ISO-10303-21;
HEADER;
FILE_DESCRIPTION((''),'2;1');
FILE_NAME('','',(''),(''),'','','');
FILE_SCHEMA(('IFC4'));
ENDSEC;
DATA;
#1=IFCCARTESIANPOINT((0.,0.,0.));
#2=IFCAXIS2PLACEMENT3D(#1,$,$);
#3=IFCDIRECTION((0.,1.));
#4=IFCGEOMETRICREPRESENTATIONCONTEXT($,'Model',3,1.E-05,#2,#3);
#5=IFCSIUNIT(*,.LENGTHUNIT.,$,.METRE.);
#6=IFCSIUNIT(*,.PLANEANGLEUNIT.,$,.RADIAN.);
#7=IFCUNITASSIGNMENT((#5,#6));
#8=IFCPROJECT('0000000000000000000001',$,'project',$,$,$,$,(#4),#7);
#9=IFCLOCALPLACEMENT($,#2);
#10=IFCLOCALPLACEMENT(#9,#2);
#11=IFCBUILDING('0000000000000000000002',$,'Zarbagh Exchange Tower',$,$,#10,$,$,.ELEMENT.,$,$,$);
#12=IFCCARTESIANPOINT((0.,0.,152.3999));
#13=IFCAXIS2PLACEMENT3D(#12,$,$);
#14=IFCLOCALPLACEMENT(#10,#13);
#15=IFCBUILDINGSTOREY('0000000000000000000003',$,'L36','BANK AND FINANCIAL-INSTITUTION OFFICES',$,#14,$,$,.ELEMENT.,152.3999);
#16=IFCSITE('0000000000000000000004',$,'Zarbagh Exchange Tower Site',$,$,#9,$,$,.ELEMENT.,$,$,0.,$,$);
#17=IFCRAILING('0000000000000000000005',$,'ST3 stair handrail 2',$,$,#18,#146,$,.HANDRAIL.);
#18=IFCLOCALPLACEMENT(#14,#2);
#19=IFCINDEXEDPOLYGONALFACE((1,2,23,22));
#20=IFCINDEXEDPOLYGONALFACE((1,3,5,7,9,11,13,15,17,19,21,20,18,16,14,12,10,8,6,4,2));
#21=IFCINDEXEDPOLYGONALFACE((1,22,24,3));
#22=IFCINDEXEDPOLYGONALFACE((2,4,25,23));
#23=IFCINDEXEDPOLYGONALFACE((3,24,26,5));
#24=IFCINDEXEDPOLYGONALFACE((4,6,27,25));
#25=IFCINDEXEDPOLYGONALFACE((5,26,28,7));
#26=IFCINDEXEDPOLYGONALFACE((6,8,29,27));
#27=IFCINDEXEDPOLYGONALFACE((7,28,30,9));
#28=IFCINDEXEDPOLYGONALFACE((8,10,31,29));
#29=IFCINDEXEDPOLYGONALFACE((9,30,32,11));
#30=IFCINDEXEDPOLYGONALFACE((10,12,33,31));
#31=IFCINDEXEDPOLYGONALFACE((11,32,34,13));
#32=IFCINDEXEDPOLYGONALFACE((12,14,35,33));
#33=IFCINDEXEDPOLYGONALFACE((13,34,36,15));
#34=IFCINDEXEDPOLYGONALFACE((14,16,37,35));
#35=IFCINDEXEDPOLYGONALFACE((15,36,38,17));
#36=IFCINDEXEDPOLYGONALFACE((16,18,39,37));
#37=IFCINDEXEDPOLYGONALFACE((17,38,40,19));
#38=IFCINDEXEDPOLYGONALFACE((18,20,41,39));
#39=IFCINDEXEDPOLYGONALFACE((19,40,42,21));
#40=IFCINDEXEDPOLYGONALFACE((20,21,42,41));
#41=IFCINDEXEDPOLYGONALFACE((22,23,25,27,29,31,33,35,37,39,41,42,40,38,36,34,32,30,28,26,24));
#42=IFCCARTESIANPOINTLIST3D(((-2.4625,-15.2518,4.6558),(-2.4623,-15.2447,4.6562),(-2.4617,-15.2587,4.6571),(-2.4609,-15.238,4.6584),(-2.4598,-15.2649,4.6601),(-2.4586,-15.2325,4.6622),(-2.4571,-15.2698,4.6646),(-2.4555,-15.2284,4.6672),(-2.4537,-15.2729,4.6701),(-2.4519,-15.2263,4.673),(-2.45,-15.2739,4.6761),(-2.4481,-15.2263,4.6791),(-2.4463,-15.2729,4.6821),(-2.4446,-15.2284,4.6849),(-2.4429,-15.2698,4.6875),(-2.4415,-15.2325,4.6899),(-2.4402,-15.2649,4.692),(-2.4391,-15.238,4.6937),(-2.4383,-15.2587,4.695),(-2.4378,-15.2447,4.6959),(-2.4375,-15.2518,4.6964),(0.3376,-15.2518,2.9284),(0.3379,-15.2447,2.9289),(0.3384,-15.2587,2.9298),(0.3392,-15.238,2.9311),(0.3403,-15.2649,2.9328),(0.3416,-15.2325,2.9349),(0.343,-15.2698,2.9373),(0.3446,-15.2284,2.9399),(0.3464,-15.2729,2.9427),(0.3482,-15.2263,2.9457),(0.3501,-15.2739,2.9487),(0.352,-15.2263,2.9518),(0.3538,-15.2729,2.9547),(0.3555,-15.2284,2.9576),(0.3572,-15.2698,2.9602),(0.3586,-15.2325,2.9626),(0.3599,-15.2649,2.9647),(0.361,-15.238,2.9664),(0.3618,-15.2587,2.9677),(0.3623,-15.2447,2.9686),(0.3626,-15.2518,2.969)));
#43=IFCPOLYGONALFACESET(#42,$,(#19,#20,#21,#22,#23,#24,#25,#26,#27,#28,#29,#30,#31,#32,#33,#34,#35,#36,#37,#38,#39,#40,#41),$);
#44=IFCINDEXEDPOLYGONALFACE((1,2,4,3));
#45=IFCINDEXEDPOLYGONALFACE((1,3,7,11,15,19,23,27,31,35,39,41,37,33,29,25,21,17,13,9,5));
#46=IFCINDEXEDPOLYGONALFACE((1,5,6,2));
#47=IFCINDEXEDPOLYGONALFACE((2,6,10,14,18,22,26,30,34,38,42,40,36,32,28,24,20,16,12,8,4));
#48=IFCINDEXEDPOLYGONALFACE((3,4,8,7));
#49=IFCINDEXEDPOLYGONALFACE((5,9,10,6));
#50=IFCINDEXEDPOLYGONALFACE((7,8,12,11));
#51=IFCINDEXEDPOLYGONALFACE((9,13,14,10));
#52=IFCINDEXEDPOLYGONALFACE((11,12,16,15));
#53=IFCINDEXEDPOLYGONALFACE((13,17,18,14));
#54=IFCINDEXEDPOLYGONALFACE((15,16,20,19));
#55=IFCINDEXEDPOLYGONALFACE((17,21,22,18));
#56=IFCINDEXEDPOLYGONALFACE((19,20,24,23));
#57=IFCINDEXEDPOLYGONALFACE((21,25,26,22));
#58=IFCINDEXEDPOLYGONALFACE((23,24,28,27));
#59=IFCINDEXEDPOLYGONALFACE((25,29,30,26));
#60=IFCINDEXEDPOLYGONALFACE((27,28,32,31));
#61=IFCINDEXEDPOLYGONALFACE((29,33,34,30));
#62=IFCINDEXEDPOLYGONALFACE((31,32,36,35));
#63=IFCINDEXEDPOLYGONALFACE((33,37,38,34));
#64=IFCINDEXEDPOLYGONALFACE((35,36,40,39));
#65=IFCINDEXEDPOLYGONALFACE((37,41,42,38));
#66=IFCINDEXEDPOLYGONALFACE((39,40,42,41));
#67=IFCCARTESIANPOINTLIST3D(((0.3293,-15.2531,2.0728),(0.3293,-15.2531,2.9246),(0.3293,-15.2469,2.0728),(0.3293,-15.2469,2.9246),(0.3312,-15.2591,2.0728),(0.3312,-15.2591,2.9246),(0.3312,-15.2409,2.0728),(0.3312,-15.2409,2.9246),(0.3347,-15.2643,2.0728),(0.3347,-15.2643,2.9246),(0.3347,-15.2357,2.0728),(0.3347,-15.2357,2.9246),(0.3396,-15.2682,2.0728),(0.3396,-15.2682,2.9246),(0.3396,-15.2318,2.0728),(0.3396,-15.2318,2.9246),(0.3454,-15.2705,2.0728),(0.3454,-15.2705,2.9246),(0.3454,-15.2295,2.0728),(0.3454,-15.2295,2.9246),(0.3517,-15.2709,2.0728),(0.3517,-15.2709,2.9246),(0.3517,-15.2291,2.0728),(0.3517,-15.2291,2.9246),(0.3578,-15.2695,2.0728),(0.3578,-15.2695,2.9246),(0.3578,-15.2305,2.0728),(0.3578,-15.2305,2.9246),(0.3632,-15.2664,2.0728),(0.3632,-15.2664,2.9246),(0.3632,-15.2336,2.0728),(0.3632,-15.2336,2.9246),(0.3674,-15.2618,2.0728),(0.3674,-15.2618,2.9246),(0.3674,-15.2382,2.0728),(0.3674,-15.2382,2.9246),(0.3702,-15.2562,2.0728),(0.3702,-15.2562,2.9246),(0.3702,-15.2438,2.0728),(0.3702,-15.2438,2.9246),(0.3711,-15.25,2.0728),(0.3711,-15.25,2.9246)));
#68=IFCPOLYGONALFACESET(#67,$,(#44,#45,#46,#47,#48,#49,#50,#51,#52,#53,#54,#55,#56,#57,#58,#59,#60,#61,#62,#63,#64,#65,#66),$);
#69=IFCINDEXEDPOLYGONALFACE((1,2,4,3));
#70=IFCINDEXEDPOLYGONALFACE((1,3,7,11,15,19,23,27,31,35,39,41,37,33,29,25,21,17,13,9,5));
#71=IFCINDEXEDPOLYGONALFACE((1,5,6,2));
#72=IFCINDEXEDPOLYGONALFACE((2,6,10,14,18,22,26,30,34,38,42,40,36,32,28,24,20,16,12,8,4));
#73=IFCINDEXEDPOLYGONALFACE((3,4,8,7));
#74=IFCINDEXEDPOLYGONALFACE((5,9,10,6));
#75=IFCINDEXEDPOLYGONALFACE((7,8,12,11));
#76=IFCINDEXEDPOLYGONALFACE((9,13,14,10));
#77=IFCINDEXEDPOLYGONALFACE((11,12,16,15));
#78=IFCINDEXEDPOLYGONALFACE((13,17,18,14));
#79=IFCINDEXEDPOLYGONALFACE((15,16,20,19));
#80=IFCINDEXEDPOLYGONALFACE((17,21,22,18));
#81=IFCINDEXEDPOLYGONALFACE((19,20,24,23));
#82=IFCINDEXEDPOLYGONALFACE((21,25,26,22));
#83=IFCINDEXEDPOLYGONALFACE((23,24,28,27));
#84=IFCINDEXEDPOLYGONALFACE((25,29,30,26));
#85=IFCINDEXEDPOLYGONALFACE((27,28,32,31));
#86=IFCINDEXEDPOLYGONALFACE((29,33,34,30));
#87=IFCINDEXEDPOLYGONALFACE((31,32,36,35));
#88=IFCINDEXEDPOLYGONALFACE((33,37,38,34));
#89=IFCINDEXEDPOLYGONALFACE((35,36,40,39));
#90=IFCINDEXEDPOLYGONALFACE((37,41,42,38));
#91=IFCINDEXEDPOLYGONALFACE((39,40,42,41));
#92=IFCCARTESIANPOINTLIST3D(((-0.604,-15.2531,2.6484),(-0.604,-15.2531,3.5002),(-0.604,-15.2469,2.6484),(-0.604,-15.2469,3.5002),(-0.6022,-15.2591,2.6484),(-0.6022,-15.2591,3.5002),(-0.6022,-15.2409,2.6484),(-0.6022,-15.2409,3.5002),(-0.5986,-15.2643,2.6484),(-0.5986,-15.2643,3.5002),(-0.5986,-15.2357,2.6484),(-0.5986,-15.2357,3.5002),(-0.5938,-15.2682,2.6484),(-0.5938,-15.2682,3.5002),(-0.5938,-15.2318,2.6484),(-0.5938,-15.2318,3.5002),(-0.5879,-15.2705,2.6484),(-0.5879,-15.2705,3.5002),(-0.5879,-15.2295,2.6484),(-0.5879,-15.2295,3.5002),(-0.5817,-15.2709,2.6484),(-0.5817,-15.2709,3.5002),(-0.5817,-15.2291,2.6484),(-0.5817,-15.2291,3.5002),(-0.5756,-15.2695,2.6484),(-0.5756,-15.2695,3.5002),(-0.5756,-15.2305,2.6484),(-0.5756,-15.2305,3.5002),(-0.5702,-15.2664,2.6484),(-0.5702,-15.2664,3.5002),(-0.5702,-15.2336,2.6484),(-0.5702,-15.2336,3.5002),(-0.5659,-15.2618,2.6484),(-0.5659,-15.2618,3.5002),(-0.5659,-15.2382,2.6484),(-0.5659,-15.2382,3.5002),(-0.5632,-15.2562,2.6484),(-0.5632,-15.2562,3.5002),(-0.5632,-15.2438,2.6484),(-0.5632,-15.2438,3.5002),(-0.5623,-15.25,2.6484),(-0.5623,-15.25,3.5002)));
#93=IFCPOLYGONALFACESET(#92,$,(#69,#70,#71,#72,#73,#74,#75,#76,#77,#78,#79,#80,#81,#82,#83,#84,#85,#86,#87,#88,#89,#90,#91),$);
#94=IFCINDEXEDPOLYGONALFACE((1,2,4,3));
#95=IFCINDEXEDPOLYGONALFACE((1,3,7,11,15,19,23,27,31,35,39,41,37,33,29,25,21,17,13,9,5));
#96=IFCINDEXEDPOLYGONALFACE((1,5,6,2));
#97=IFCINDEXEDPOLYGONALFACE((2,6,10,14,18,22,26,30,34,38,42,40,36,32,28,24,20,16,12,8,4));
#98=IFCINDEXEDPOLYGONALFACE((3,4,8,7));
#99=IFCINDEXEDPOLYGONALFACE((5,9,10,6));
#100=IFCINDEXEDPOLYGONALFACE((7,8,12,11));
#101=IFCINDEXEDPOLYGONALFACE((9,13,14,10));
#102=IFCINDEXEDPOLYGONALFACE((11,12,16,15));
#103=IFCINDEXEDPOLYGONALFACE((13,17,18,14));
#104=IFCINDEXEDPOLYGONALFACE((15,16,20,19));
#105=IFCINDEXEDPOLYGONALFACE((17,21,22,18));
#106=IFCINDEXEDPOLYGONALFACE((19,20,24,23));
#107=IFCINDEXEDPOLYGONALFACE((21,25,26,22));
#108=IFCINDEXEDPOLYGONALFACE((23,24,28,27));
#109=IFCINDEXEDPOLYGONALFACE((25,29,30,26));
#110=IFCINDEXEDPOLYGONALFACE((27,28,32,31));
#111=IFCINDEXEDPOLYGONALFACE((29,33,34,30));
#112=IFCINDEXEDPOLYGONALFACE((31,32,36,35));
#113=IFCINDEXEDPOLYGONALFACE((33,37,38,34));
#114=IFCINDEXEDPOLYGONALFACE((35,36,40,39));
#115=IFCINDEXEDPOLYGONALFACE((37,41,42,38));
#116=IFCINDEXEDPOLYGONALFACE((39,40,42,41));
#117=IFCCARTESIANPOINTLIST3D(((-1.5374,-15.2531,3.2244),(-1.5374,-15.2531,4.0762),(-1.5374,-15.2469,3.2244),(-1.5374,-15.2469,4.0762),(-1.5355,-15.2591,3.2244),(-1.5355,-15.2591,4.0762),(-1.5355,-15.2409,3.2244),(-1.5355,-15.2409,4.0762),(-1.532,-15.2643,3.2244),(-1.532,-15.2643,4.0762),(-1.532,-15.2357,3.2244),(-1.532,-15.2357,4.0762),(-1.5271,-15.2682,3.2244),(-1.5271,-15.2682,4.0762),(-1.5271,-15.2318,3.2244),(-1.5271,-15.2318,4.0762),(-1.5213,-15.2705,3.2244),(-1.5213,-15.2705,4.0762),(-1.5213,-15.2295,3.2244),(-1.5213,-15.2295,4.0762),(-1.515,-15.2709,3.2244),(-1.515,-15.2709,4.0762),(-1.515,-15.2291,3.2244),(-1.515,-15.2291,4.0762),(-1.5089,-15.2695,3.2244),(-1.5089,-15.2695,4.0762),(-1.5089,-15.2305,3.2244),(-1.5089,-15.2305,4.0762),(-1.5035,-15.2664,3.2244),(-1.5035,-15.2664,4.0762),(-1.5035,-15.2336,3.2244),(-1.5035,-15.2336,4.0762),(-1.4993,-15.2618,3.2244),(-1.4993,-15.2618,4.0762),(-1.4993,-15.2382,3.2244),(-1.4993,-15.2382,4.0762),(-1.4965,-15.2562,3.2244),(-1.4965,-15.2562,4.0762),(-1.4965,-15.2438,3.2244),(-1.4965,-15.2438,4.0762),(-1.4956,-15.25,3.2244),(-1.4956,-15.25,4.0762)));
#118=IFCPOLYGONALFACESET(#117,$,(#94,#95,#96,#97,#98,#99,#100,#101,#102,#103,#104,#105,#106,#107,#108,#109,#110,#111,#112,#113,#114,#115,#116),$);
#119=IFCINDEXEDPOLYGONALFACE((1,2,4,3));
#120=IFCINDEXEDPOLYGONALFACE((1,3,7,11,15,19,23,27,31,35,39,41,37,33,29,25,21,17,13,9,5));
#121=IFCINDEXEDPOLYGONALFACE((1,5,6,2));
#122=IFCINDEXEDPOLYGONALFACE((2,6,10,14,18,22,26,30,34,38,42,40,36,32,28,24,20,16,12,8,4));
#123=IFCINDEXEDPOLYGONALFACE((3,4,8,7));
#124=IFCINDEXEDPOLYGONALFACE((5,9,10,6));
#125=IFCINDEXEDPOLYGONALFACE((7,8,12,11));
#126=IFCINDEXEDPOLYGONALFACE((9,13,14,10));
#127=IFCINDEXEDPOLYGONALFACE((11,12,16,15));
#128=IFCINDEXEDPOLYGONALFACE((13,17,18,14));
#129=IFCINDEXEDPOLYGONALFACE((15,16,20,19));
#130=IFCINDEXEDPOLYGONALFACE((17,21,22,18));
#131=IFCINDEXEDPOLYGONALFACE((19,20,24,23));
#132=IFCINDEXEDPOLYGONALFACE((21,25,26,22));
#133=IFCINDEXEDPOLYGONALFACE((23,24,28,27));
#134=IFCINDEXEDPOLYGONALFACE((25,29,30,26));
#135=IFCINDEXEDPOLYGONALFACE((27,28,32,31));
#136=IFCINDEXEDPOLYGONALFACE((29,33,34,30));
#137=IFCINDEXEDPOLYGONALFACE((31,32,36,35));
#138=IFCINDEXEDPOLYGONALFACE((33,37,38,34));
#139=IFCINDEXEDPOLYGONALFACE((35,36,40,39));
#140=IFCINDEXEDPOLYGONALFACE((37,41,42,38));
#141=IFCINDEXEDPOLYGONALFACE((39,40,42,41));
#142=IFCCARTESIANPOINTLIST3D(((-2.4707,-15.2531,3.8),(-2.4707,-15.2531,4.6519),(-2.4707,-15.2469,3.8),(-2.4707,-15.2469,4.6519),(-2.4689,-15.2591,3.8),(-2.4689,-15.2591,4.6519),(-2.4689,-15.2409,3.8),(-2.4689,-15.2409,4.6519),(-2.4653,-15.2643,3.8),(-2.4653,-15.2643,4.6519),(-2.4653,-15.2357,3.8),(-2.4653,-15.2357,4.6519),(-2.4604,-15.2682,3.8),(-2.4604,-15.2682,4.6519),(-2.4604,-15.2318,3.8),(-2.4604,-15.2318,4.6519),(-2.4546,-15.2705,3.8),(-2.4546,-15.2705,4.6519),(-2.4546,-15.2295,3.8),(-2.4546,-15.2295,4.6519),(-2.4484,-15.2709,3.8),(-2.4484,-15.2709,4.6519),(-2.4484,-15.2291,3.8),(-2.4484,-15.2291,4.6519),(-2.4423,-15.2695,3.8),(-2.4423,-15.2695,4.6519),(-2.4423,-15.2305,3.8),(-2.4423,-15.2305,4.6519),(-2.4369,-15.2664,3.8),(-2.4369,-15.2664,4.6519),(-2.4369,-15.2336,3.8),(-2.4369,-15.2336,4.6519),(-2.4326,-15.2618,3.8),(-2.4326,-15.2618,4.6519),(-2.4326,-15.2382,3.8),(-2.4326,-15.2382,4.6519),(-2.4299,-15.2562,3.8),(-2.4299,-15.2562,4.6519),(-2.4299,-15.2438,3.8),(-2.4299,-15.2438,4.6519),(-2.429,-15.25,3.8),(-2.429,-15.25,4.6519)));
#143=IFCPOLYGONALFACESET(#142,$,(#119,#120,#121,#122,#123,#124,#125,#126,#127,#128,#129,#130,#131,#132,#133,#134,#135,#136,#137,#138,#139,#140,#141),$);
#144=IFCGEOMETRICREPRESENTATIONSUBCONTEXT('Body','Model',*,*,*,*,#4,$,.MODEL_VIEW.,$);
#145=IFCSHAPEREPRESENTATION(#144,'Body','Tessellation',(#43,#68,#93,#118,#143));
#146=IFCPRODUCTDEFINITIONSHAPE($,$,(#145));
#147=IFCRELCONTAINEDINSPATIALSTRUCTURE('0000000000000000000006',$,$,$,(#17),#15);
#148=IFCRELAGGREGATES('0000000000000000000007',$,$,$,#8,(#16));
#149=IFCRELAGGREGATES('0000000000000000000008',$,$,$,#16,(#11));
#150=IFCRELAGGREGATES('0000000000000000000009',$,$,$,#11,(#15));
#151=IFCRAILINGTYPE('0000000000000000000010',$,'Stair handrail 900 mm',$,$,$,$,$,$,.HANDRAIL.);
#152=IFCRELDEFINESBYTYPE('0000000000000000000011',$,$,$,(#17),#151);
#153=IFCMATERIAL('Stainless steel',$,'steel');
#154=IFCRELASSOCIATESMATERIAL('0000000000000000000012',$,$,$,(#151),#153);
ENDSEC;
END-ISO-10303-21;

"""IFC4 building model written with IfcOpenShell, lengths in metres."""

from ifc_helpers import new_model, si_unit, direction, frame, origin, origin_2d, place, context, subcontext, project, spatial, circle, extrude, material, type_object, element, save


model = new_model("IFC4")

# Units and contexts
model_context = context("Model", 3, precision=1e-05, world=origin(), true_north=direction((0.0, 1.0)))
body_context = subcontext(model_context, "Body", "Model", "MODEL_VIEW")
ifc_project = project(units=[si_unit("LENGTHUNIT", "METRE"), si_unit("PLANEANGLEUNIT", "RADIAN")], contexts=[model_context])

# Site, building, storey
site_placement = place(None, origin())
site = spatial("IfcSite", under=ifc_project, at=site_placement, Name="Zarbagh Exchange Tower Site", CompositionType="ELEMENT", RefElevation=0.0)
building_placement = place(site_placement, origin())
building = spatial("IfcBuilding", under=site, at=building_placement, Name="Zarbagh Exchange Tower", CompositionType="ELEMENT")
storey_placement = place(building_placement, frame((0.0, 0.0, 152.3999)))
storey = spatial("IfcBuildingStorey", under=building, at=storey_placement, Name="L36", Description="BANK AND FINANCIAL-INSTITUTION OFFICES", CompositionType="ELEMENT", Elevation=152.3999)

# Shared definitions
ifc_material_1 = material(Name="Stainless steel", Category="steel")

# Railing
railing_type_1 = type_object("IfcRailingType", Name="Stair handrail 900 mm", PredefinedType="HANDRAIL", material=ifc_material_1)
for number, where, name in (
    (1, (0.3501, -15.25, 2.0728), "ST3 stair handrail 2"),
):
    element("IfcRailing", number, at=place(storey_placement, frame(where)), inside=storey, type_object=railing_type_1, Name=name, PredefinedType="HANDRAIL", context=body_context, shape_type="SweptSolid", body=[
        extrude(circle(Radius=0.0239, at=origin_2d()), frame((0.0, 0.0, 0.876), z_axis=(-0.85109, 0.0, 0.52502), x_axis=(0.0, -1.0, 0.0)), (0.0, 0.0, 1.0), 3.29),
        extrude(circle(Radius=0.021, at=origin_2d()), origin(), (0.0, 0.0, 1.0), 0.8518),
        extrude(circle(Radius=0.021, at=origin_2d()), frame((-0.9333, 0.0, 0.5757)), (0.0, 0.0, 1.0), 0.8518),
        extrude(circle(Radius=0.021, at=origin_2d()), frame((-1.8667, 0.0, 1.1516)), (0.0, 0.0, 1.0), 0.8518),
        extrude(circle(Radius=0.021, at=origin_2d()), frame((-2.8, 0.0, 1.7273)), (0.0, 0.0, 1.0), 0.8518),
    ])

save(model, "model.ifc")
